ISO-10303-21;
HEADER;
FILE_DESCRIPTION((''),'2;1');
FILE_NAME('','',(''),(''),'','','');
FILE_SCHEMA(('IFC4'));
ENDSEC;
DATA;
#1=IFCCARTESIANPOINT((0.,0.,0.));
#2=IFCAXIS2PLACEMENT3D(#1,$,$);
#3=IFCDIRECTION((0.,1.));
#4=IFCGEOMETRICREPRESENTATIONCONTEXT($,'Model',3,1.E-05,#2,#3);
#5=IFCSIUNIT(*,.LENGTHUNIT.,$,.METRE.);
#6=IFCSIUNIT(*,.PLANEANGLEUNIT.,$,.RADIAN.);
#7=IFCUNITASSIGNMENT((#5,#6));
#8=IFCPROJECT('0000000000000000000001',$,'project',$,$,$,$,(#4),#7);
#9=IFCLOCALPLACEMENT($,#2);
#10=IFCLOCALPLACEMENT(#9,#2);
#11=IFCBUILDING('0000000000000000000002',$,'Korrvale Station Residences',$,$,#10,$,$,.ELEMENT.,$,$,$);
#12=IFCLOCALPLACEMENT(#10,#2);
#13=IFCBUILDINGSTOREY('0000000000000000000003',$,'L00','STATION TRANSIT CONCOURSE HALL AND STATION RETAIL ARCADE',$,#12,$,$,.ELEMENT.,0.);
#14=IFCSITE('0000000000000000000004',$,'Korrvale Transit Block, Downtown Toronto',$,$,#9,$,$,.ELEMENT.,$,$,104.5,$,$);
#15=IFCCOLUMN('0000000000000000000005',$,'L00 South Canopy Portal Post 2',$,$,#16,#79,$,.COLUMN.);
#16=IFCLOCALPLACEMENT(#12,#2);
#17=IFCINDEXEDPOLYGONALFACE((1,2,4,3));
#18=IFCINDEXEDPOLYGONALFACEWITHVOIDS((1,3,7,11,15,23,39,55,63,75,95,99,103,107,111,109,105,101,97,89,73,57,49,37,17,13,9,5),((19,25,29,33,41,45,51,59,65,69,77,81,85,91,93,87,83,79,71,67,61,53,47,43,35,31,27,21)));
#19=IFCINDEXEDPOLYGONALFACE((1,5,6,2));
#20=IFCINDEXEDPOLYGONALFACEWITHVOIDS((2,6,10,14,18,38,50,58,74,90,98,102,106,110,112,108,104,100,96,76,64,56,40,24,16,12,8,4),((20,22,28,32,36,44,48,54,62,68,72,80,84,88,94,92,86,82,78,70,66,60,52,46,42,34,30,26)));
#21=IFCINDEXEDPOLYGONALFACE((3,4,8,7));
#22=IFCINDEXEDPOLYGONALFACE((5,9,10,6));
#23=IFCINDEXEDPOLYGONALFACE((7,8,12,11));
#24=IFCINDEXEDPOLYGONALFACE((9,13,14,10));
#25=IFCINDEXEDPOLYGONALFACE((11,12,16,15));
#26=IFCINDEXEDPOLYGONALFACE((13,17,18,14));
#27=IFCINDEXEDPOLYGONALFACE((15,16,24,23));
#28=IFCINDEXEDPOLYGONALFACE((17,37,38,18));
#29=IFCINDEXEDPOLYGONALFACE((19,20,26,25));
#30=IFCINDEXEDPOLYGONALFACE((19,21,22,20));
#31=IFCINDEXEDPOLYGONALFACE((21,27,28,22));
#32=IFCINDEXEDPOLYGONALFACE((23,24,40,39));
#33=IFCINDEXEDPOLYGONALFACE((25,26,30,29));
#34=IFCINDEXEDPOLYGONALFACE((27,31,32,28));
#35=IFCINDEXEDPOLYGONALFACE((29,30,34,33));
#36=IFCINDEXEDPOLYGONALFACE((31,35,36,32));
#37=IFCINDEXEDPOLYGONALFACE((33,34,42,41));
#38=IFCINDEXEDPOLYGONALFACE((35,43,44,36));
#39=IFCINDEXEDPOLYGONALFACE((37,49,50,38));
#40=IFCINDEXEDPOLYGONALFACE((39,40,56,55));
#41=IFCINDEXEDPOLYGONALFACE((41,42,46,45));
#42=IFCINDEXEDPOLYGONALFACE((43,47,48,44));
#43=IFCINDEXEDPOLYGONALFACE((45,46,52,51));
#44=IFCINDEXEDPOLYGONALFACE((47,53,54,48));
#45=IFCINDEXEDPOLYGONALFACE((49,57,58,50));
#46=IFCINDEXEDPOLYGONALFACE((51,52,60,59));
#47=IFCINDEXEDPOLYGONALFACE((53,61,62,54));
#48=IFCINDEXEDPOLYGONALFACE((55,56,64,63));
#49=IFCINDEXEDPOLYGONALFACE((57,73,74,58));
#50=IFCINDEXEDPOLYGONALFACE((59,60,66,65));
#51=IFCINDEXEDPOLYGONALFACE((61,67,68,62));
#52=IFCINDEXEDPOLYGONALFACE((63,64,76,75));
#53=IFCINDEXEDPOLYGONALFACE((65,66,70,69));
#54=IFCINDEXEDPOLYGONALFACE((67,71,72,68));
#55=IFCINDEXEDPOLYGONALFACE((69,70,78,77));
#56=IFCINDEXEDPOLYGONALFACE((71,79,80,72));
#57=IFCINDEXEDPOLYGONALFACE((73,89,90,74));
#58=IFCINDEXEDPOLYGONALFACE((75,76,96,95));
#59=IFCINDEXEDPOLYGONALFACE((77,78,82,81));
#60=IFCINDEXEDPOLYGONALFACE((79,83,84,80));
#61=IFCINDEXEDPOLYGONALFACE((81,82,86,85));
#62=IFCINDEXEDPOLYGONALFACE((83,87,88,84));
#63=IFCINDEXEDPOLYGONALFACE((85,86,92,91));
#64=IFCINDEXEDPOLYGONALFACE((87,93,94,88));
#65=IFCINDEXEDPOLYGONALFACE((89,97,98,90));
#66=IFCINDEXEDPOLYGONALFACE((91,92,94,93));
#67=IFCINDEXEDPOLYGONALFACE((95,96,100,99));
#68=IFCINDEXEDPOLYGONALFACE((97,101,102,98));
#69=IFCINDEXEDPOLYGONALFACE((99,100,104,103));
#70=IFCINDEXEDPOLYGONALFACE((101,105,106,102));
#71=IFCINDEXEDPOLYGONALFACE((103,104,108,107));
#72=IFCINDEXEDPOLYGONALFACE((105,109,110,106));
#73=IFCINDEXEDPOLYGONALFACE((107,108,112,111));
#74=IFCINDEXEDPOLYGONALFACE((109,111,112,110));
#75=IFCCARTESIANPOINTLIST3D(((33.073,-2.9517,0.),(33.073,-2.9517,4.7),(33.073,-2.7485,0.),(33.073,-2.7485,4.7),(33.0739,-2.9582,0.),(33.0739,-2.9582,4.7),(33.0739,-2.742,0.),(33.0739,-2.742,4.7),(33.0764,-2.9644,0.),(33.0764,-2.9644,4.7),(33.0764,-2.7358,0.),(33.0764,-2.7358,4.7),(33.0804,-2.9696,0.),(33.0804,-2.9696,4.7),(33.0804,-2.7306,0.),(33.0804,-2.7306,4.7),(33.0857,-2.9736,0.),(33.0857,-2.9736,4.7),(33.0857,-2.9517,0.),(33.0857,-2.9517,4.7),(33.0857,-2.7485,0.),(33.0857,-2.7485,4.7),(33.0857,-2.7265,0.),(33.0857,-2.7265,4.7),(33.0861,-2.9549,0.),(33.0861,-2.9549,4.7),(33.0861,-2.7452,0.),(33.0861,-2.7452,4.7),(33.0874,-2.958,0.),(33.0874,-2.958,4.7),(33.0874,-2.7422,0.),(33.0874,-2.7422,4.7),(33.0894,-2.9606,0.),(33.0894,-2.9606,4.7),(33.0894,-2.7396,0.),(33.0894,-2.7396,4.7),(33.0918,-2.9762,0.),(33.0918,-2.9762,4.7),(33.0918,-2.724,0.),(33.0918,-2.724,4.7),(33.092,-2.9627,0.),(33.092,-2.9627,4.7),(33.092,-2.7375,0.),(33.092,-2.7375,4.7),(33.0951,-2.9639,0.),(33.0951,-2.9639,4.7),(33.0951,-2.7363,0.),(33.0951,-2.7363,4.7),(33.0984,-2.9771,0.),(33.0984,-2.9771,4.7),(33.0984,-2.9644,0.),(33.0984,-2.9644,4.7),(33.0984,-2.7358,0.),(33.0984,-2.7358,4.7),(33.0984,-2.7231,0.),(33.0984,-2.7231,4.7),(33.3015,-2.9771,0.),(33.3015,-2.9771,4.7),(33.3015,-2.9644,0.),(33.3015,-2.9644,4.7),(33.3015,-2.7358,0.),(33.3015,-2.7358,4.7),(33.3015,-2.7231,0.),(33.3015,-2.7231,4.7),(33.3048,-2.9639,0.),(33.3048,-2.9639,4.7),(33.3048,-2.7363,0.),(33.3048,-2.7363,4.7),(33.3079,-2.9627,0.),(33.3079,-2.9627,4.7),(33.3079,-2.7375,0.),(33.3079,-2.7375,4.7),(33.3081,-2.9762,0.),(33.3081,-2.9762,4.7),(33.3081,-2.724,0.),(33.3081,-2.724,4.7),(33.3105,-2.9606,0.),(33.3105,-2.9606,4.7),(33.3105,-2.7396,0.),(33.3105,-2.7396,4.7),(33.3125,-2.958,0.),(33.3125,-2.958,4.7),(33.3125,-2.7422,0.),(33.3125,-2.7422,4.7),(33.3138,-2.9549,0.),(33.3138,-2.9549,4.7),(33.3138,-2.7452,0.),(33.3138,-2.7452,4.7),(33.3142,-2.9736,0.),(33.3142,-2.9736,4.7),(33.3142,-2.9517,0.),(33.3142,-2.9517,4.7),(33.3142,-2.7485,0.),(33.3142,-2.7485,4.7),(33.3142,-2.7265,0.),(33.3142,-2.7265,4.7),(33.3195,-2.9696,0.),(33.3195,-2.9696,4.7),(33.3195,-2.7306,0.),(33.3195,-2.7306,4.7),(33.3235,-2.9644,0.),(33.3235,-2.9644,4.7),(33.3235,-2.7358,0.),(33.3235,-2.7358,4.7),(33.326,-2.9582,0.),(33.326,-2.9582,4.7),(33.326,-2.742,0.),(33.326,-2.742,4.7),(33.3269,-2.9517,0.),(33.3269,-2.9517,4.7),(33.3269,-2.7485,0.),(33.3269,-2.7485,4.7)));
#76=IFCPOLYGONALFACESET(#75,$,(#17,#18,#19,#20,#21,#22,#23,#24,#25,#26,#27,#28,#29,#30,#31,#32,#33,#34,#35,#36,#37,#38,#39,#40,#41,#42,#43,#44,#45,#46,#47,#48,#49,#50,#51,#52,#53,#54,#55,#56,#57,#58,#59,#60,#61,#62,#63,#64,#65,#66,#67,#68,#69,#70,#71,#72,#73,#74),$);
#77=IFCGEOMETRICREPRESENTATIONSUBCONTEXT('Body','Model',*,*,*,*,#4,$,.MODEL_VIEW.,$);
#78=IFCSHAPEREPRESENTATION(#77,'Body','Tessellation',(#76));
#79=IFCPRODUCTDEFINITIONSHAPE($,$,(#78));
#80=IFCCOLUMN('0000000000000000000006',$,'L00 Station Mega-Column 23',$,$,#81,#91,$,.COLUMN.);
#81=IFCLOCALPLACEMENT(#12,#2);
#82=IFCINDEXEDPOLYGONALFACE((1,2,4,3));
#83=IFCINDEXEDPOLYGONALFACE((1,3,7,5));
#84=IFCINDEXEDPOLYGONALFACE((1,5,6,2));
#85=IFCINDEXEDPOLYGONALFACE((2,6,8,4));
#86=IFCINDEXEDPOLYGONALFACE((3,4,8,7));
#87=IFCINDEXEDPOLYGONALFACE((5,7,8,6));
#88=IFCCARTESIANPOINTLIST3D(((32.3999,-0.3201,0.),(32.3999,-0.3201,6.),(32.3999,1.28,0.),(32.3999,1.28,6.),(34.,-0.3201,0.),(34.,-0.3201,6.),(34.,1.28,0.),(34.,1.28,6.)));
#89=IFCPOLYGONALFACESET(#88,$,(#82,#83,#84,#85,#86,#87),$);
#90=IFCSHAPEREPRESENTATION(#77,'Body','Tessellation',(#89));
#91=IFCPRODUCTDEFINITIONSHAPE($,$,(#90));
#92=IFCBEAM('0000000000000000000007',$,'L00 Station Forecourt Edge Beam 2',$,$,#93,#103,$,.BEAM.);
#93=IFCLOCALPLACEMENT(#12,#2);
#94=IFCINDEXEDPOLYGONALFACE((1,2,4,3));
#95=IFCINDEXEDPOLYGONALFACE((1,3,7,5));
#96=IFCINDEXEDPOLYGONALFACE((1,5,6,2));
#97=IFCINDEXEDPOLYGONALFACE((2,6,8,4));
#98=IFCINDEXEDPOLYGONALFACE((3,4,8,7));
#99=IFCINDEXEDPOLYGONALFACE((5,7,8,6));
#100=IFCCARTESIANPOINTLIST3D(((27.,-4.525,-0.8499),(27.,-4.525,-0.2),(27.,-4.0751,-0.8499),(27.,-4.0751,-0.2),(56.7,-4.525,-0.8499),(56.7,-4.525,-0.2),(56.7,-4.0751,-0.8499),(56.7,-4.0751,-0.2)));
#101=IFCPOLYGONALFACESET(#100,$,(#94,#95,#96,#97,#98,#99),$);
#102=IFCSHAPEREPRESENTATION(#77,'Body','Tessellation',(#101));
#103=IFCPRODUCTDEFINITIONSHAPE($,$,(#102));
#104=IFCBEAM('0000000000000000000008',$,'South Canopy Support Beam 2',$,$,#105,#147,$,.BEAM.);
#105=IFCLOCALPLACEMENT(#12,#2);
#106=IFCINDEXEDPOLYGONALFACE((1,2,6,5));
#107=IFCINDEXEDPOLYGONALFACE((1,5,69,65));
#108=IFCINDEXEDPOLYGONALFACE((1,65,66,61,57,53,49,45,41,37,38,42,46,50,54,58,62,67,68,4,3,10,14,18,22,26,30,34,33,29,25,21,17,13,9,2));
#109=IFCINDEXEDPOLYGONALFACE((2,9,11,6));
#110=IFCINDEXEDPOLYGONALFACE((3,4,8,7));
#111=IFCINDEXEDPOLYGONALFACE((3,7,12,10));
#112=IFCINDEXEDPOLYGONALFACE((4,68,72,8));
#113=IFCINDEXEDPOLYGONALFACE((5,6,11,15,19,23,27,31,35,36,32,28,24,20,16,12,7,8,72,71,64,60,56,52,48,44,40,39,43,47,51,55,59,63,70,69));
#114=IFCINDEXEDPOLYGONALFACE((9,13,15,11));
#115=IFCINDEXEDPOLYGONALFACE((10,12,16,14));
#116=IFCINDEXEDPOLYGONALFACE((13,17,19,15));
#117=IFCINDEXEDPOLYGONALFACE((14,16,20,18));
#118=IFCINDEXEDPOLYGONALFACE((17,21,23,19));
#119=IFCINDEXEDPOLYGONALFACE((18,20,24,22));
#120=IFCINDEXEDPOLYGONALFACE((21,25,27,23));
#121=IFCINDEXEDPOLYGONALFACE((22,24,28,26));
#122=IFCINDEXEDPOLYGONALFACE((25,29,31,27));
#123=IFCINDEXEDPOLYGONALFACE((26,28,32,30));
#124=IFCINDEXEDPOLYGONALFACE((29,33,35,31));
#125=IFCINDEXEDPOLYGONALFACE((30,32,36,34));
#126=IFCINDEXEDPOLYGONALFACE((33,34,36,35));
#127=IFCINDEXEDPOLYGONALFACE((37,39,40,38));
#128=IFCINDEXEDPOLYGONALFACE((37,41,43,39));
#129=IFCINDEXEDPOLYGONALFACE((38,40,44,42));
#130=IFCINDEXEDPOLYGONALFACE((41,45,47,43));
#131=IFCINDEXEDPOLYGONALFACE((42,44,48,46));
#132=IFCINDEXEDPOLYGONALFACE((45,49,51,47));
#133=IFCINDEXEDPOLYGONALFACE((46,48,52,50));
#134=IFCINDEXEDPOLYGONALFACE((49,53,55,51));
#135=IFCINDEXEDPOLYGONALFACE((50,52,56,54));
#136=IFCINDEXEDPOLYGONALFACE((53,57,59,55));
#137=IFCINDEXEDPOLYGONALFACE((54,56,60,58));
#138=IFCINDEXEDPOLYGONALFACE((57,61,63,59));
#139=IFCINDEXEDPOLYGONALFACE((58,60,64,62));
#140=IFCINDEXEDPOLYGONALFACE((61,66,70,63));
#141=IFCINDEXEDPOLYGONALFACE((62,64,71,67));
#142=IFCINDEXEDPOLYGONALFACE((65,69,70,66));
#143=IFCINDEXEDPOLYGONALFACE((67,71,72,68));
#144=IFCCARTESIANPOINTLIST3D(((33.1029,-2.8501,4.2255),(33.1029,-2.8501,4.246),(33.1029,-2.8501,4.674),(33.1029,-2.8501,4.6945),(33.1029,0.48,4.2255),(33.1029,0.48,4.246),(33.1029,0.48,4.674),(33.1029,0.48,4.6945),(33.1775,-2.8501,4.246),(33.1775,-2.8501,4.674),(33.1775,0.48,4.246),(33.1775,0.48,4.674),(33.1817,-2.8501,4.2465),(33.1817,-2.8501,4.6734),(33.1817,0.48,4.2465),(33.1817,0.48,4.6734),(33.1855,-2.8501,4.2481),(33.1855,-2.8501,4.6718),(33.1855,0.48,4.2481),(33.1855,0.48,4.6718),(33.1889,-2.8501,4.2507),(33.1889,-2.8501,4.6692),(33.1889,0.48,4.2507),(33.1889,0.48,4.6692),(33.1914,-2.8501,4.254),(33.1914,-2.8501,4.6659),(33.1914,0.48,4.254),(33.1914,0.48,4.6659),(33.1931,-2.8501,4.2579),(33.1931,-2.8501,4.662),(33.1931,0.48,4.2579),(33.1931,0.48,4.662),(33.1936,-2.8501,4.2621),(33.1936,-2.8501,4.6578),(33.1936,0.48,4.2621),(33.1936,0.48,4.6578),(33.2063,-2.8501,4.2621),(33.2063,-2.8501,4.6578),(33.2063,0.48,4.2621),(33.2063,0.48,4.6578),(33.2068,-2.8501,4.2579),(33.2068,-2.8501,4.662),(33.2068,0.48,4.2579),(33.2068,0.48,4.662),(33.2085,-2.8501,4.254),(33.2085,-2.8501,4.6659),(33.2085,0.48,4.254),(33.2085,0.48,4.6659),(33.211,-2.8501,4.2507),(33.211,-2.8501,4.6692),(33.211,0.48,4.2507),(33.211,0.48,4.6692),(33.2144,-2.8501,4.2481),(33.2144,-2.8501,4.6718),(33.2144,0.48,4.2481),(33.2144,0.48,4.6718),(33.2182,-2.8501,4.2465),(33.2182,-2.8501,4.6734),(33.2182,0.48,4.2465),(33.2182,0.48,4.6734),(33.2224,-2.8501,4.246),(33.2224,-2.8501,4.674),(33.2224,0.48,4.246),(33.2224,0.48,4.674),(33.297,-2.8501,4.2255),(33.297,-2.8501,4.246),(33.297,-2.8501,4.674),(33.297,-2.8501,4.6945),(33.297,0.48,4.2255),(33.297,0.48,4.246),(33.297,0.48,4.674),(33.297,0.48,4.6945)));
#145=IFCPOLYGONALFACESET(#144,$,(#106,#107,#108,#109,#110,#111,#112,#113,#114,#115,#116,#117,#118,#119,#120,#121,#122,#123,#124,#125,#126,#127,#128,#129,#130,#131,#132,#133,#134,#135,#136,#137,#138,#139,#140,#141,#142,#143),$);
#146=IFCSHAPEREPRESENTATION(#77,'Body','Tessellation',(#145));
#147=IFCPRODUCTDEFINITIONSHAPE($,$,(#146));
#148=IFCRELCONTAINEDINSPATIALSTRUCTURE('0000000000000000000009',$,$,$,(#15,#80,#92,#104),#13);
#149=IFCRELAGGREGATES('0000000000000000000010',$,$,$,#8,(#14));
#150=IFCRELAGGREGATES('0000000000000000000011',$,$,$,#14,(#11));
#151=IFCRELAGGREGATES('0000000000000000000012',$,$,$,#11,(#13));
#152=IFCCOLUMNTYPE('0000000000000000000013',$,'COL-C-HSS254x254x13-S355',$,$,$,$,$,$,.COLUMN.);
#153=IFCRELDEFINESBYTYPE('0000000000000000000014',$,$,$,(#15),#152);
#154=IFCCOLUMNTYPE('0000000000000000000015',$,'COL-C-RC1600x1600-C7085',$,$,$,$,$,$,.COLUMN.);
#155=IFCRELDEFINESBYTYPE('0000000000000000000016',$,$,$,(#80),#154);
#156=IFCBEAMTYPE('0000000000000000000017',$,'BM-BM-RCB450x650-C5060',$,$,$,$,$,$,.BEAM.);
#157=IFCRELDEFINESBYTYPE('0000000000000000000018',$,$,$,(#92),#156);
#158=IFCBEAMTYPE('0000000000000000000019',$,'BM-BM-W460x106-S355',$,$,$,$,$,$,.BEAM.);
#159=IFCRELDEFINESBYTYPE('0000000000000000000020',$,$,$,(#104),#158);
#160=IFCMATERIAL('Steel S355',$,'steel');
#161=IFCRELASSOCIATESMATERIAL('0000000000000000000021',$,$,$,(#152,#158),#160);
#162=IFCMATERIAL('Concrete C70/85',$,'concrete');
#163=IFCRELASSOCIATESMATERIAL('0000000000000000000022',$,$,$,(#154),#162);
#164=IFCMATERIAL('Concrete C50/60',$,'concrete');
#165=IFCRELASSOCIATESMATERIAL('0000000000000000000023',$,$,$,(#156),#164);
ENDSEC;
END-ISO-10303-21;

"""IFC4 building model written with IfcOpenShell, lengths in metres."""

from ifc_helpers import new_model, si_unit, direction, frame, origin, origin_2d, place, context, subcontext, project, spatial, rectangle, hollow_rectangle, i_section, extrude, material, material_profile, profile_set, type_object, element, save


model = new_model("IFC4")

# Units and contexts
model_context = context("Model", 3, precision=1e-05, world=origin(), true_north=direction((0.0, 1.0)))
body_context = subcontext(model_context, "Body", "Model", "MODEL_VIEW")
ifc_project = project(units=[si_unit("LENGTHUNIT", "METRE"), si_unit("PLANEANGLEUNIT", "RADIAN")], contexts=[model_context])

# Site, building, storey
site_placement = place(None, origin())
site = spatial("IfcSite", under=ifc_project, at=site_placement, Name="Korrvale Transit Block, Downtown Toronto", CompositionType="ELEMENT", RefElevation=104.5)
building_placement = place(site_placement, origin())
building = spatial("IfcBuilding", under=site, at=building_placement, Name="Korrvale Station Residences", CompositionType="ELEMENT")
storey_placement = place(building_placement, origin())
storey = spatial("IfcBuildingStorey", under=building, at=storey_placement, Name="L00", Description="STATION TRANSIT CONCOURSE HALL AND STATION RETAIL ARCADE", CompositionType="ELEMENT", Elevation=0.0)

# Columns
ifc_material_1 = material(Name="Steel S355", Category="steel")
ifc_material_profile_1 = material_profile(ifc_material_1, hollow_rectangle(XDim=0.2539, YDim=0.2539, WallThickness=0.0127, InnerFilletRadius=0.0127, OuterFilletRadius=0.0254, at=origin_2d()), Name="HSS254x254x13")
ifc_profile_set_1 = profile_set([ifc_material_profile_1], Name="Steel S355")
column_type_1 = type_object("IfcColumnType", Name="COL-C-HSS254x254x13-S355", PredefinedType="COLUMN", material=ifc_profile_set_1)
column_1_placement = place(storey_placement, frame((33.2, -2.8501, 0.0), z_axis=(0.0, 0.0, 1.0), x_axis=(1.0, 0.0, 0.0)))
element("IfcColumn", 1, at=column_1_placement, inside=storey, type_object=column_type_1, Name="L00 South Canopy Portal Post 2", PredefinedType="COLUMN", context=body_context, shape_type="SweptSolid", body=[
    extrude(hollow_rectangle(XDim=0.2539, YDim=0.2539, WallThickness=0.0127, InnerFilletRadius=0.0127, OuterFilletRadius=0.0254, at=origin_2d()), origin(), (0.0, 0.0, 1.0), 4.7),
])
ifc_material_2 = material(Name="Concrete C70/85", Category="concrete")
ifc_material_profile_2 = material_profile(ifc_material_2, rectangle(XDim=1.6001, YDim=1.6001, at=origin_2d()), Name="RC1600x1600")
ifc_profile_set_2 = profile_set([ifc_material_profile_2], Name="Concrete C70/85")
column_type_2 = type_object("IfcColumnType", Name="COL-C-RC1600x1600-C7085", PredefinedType="COLUMN", material=ifc_profile_set_2)
column_2_placement = place(storey_placement, frame((33.2, 0.48, 0.0), z_axis=(0.0, 0.0, 1.0), x_axis=(1.0, 0.0, 0.0)))
element("IfcColumn", 2, at=column_2_placement, inside=storey, type_object=column_type_2, Name="L00 Station Mega-Column 23", PredefinedType="COLUMN", context=body_context, shape_type="SweptSolid", body=[
    extrude(rectangle(XDim=1.6001, YDim=1.6001, at=origin_2d()), origin(), (0.0, 0.0, 1.0), 6.0),
])

# Beams
ifc_material_3 = material(Name="Concrete C50/60", Category="concrete")
ifc_material_profile_3 = material_profile(ifc_material_3, rectangle(XDim=0.45, YDim=0.6499, at=origin_2d()), Name="RCB450x650")
ifc_profile_set_3 = profile_set([ifc_material_profile_3], Name="Concrete C50/60")
beam_type_1 = type_object("IfcBeamType", Name="BM-BM-RCB450x650-C5060", PredefinedType="BEAM", material=ifc_profile_set_3)
beam_1_placement = place(storey_placement, frame((27.0, -4.3, -0.5249), z_axis=(1.0, 0.0, 0.0), x_axis=(0.0, 1.0, 0.0)))
element("IfcBeam", 3, at=beam_1_placement, inside=storey, type_object=beam_type_1, Name="L00 Station Forecourt Edge Beam 2", PredefinedType="BEAM", context=body_context, shape_type="SweptSolid", body=[
    extrude(rectangle(XDim=0.45, YDim=0.6499, at=origin_2d()), origin(), (0.0, 0.0, 1.0), 29.7),
])
ifc_material_profile_4 = material_profile(ifc_material_1, i_section(OverallWidth=0.1941, OverallDepth=0.469, WebThickness=0.0127, FlangeThickness=0.0205, FilletRadius=0.0161, at=origin_2d()), Name="W460x106")
ifc_profile_set_4 = profile_set([ifc_material_profile_4], Name="Steel S355")
beam_type_2 = type_object("IfcBeamType", Name="BM-BM-W460x106-S355", PredefinedType="BEAM", material=ifc_profile_set_4)
beam_2_placement = place(storey_placement, frame((33.2, 0.48, 4.46), z_axis=(0.0, -1.0, 0.0), x_axis=(1.0, 0.0, 0.0)))
element("IfcBeam", 4, at=beam_2_placement, inside=storey, type_object=beam_type_2, Name="South Canopy Support Beam 2", PredefinedType="BEAM", context=body_context, shape_type="SweptSolid", body=[
    extrude(i_section(OverallWidth=0.1941, OverallDepth=0.469, WebThickness=0.0127, FlangeThickness=0.0205, FilletRadius=0.0161, at=origin_2d()), origin(), (0.0, 0.0, 1.0), 3.3301),
])

save(model, "model.ifc")
